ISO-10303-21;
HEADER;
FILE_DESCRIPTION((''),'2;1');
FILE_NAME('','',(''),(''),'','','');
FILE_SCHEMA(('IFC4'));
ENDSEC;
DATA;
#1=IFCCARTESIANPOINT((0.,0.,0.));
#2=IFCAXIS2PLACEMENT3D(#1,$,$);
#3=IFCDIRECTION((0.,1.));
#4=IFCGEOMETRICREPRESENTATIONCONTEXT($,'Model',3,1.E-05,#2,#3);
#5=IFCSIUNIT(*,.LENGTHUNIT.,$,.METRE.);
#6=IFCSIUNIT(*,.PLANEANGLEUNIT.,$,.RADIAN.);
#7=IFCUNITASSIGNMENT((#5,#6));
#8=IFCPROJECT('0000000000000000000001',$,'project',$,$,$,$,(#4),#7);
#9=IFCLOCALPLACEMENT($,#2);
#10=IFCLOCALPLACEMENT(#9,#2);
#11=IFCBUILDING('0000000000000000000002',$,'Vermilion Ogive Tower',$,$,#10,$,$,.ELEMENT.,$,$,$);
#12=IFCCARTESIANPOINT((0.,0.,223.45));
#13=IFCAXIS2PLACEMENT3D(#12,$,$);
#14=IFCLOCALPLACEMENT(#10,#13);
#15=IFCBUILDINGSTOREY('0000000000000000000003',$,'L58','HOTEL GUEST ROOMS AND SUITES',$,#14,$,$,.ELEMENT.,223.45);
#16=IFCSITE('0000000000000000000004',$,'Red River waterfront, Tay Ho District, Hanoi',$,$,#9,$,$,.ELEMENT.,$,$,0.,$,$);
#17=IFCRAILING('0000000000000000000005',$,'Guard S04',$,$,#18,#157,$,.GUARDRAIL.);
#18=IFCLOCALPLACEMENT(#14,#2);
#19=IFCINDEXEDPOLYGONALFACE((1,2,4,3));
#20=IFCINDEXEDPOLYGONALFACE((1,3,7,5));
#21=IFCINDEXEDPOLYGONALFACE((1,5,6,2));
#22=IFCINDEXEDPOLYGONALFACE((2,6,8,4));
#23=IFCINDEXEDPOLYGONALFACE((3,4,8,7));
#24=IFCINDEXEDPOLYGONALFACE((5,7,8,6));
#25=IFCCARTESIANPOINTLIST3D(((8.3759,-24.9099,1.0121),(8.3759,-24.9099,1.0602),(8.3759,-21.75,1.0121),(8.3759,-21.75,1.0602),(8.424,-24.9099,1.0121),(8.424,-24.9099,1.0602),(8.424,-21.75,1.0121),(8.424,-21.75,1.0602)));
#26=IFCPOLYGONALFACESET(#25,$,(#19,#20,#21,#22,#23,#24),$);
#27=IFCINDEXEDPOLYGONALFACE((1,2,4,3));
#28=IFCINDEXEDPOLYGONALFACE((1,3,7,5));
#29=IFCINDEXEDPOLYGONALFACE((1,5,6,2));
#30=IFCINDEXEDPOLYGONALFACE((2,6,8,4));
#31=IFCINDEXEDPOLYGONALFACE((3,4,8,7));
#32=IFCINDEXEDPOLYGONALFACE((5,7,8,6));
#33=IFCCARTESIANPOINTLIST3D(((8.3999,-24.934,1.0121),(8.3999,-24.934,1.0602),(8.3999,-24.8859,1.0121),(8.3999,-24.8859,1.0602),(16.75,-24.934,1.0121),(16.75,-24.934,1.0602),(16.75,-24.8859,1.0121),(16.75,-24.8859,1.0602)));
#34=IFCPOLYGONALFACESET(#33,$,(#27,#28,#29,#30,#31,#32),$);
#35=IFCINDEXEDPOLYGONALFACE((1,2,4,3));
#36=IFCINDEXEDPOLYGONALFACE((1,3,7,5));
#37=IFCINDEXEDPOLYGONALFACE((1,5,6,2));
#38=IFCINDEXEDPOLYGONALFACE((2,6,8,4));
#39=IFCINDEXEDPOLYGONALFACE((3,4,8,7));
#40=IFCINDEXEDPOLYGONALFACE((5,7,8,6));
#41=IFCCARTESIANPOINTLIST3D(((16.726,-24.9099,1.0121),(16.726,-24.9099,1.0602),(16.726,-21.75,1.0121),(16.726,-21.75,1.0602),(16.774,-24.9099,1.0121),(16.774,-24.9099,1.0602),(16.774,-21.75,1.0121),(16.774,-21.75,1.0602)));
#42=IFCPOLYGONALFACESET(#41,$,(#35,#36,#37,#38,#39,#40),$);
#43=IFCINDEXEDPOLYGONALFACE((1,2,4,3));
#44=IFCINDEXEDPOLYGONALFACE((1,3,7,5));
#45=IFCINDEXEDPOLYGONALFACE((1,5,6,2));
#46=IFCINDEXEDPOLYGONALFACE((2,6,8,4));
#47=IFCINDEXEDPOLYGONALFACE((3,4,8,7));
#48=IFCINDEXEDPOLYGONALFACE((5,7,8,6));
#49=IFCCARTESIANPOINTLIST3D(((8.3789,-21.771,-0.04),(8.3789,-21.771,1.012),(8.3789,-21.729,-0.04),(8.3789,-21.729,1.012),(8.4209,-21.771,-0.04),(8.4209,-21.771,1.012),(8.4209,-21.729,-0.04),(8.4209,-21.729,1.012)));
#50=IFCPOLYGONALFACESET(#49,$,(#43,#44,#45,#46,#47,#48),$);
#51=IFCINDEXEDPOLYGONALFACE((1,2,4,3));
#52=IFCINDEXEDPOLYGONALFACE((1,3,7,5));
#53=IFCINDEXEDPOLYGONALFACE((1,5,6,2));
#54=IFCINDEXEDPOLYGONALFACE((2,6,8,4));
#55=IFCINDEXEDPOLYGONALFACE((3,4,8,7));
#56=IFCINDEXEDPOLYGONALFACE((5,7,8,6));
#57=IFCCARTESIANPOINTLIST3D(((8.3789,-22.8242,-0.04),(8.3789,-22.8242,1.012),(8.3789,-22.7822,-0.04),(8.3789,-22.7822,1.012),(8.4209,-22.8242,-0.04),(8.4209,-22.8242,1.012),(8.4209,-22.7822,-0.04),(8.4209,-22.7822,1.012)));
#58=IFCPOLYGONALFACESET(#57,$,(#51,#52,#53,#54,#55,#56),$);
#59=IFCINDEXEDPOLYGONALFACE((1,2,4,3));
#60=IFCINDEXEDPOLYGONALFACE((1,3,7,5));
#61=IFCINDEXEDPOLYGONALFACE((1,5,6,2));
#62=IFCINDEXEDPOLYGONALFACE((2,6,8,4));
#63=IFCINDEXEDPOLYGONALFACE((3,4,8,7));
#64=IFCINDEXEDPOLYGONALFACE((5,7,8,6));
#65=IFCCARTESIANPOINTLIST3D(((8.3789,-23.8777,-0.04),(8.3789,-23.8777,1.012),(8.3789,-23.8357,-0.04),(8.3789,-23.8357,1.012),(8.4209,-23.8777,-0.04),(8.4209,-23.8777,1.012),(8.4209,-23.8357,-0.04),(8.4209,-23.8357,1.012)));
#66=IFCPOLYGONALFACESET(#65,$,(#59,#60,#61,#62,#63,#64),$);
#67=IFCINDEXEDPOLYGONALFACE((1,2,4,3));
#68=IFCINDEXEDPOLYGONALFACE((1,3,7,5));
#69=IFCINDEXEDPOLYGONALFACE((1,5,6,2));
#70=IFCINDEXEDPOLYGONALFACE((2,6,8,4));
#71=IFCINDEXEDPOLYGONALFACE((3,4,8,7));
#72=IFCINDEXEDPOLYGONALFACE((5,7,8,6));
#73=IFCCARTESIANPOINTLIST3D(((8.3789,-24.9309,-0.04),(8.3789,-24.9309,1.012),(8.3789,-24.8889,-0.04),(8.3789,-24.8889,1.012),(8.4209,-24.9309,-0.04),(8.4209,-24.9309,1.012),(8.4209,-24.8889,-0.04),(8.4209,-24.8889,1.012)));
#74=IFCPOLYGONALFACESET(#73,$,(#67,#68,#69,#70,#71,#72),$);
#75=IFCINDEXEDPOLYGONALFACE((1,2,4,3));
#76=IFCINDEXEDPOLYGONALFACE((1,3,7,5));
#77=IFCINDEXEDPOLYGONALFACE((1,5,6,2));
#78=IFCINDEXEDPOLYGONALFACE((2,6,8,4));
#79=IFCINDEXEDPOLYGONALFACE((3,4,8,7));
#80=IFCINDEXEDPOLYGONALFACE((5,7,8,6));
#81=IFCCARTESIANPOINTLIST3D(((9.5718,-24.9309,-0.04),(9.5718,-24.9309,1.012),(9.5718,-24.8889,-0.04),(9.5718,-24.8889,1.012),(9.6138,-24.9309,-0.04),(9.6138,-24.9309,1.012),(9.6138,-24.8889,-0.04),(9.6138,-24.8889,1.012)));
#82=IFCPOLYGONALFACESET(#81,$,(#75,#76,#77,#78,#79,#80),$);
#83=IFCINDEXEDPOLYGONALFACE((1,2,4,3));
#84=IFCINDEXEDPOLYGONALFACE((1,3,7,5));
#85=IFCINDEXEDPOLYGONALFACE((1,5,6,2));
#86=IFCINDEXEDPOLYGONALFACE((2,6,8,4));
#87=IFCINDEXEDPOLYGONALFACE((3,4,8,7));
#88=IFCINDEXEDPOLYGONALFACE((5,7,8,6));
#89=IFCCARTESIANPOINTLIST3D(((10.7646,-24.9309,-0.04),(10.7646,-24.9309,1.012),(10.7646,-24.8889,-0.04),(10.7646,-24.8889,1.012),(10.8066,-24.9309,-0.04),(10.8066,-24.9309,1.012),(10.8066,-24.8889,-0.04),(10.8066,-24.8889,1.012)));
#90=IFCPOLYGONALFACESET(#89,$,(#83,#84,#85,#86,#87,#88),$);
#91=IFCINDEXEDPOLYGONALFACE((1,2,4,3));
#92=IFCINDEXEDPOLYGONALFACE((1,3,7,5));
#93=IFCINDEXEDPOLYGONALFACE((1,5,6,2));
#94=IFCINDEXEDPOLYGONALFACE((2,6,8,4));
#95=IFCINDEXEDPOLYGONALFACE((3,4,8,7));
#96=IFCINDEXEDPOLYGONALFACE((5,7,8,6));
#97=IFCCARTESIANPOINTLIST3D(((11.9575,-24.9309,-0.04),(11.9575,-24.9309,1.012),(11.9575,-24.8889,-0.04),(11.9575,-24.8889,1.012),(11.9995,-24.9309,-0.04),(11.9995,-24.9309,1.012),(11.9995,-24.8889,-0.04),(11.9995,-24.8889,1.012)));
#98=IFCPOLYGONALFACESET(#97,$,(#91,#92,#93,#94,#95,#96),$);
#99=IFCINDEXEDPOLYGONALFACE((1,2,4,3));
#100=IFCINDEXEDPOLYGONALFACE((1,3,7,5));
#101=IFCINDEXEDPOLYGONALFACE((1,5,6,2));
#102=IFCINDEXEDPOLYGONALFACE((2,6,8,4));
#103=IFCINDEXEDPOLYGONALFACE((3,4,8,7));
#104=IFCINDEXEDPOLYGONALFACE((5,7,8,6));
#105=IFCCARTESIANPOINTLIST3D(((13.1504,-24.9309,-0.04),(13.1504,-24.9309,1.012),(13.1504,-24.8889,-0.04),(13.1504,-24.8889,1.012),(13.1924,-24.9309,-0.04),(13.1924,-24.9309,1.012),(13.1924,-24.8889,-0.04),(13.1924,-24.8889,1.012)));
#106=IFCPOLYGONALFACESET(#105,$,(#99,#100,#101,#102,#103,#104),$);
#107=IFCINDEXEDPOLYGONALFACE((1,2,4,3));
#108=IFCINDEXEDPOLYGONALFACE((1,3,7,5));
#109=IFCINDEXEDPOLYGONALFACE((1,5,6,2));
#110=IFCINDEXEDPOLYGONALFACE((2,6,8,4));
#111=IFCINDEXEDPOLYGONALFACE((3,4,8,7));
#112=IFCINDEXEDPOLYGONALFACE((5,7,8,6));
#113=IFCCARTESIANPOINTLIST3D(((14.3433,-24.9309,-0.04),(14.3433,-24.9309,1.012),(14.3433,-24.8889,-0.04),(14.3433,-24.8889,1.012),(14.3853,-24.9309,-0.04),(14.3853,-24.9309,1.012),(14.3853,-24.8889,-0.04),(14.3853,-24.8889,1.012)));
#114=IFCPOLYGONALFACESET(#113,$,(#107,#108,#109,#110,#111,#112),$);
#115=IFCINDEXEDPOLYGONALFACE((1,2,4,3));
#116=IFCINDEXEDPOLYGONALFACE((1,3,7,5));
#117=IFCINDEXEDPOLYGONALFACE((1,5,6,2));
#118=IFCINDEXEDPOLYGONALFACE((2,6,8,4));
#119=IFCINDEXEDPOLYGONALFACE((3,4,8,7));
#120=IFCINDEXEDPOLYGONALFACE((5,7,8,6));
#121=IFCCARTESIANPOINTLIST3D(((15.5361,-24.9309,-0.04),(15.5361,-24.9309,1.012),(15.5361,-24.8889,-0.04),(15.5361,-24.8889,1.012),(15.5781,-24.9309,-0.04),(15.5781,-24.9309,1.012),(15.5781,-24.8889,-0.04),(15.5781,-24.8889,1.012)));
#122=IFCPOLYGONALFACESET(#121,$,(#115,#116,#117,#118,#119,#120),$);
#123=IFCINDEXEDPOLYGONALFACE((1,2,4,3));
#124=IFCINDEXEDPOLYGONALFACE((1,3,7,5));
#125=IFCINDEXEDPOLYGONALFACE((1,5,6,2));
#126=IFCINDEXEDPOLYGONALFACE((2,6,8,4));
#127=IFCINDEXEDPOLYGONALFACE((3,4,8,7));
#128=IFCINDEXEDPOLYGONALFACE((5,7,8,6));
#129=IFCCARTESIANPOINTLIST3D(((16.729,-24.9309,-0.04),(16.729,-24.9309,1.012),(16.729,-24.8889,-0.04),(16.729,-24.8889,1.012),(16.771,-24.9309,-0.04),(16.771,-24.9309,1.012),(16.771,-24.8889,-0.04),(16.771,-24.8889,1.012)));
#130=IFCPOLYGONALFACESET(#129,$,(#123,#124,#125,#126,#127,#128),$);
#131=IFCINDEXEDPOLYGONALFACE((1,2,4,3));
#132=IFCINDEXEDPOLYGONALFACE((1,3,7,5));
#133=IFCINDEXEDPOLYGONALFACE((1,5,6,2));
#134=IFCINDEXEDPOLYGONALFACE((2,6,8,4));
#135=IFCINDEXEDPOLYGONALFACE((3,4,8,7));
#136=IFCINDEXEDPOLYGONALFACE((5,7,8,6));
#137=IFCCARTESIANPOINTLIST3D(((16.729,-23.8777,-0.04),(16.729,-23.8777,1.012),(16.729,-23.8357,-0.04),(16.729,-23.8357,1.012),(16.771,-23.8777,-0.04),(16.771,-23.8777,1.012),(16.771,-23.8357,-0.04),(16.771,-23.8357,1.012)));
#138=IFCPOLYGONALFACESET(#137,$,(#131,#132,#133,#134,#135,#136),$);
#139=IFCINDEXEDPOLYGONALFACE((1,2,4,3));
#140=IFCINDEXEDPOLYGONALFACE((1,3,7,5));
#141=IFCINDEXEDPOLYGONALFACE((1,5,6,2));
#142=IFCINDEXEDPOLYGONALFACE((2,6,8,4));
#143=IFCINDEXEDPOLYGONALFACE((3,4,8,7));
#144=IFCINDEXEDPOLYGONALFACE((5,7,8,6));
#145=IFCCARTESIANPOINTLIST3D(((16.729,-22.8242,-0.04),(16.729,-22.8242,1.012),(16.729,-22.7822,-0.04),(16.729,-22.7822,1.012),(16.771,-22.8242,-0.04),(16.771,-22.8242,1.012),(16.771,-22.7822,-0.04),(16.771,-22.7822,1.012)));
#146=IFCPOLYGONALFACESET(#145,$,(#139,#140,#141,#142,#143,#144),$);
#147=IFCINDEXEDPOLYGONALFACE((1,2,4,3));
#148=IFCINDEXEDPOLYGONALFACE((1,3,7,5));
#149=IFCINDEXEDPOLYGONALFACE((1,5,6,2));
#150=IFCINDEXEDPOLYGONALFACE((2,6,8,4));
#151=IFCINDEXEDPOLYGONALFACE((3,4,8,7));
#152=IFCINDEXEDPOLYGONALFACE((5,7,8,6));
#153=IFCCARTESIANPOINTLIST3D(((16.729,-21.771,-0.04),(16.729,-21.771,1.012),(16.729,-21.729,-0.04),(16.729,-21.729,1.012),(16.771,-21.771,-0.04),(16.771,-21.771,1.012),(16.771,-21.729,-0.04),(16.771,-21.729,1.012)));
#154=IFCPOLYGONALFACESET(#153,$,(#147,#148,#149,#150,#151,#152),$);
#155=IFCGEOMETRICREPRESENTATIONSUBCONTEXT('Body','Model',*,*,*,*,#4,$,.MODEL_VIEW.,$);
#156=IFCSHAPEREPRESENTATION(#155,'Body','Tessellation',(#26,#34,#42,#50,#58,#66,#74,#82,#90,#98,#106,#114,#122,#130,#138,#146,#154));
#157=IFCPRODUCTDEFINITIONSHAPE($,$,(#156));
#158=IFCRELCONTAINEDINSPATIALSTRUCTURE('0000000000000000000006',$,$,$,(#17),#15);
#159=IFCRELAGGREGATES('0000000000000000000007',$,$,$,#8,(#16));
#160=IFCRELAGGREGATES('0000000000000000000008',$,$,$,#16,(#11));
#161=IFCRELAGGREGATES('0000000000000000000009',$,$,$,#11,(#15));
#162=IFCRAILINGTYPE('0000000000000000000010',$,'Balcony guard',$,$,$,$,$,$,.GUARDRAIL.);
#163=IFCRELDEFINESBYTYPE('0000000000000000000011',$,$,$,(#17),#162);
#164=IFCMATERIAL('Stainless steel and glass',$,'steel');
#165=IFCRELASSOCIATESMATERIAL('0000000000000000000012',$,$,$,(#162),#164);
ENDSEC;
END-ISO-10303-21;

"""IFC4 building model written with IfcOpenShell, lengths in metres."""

from ifc_helpers import new_model, si_unit, direction, frame, origin, origin_2d, place, context, subcontext, project, spatial, rectangle, extrude, material, type_object, element, save


model = new_model("IFC4")

# Units and contexts
model_context = context("Model", 3, precision=1e-05, world=origin(), true_north=direction((0.0, 1.0)))
body_context = subcontext(model_context, "Body", "Model", "MODEL_VIEW")
ifc_project = project(units=[si_unit("LENGTHUNIT", "METRE"), si_unit("PLANEANGLEUNIT", "RADIAN")], contexts=[model_context])

# Site, building, storey
site_placement = place(None, origin())
site = spatial("IfcSite", under=ifc_project, at=site_placement, Name="Red River waterfront, Tay Ho District, Hanoi", CompositionType="ELEMENT", RefElevation=0.0)
building_placement = place(site_placement, origin())
building = spatial("IfcBuilding", under=site, at=building_placement, Name="Vermilion Ogive Tower", CompositionType="ELEMENT")
storey_placement = place(building_placement, frame((0.0, 0.0, 223.45)))
storey = spatial("IfcBuildingStorey", under=building, at=storey_placement, Name="L58", Description="HOTEL GUEST ROOMS AND SUITES", CompositionType="ELEMENT", Elevation=223.45)

# Railing
ifc_material_1 = material(Name="Stainless steel and glass", Category="steel")
railing_type_1 = type_object("IfcRailingType", Name="Balcony guard", PredefinedType="GUARDRAIL", material=ifc_material_1)
railing_1_placement = place(storey_placement, frame((8.3999, -21.75, -0.04)))
element("IfcRailing", 1, at=railing_1_placement, inside=storey, type_object=railing_type_1, Name="Guard S04", PredefinedType="GUARDRAIL", context=body_context, shape_type="SweptSolid", body=[
    extrude(rectangle(XDim=0.0481, YDim=0.0481, at=origin_2d()), frame((0.0, 0.0, 1.0762), z_axis=(0.0, -1.0, 0.0), x_axis=(1.0, 0.0, 0.0)), (0.0, 0.0, 1.0), 3.1599),
    extrude(rectangle(XDim=0.0481, YDim=0.0481, at=origin_2d()), frame((0.0, -3.1599, 1.0762), z_axis=(1.0, 0.0, 0.0), x_axis=(0.0, 1.0, 0.0)), (0.0, 0.0, 1.0), 8.3501),
    extrude(rectangle(XDim=0.0481, YDim=0.0481, at=origin_2d()), frame((8.3501, -3.1599, 1.0762), z_axis=(0.0, 1.0, 0.0), x_axis=(-1.0, 0.0, 0.0)), (0.0, 0.0, 1.0), 3.1599),
    extrude(rectangle(XDim=0.042, YDim=0.042, at=origin_2d()), origin(), (0.0, 0.0, 1.0), 1.052),
    extrude(rectangle(XDim=0.042, YDim=0.042, at=origin_2d()), frame((0.0, -1.0532, 0.0)), (0.0, 0.0, 1.0), 1.052),
    extrude(rectangle(XDim=0.042, YDim=0.042, at=origin_2d()), frame((0.0, -2.1067, 0.0)), (0.0, 0.0, 1.0), 1.052),
    extrude(rectangle(XDim=0.042, YDim=0.042, at=origin_2d()), frame((0.0, -3.1599, 0.0)), (0.0, 0.0, 1.0), 1.052),
    extrude(rectangle(XDim=0.042, YDim=0.042, at=origin_2d()), frame((1.1929, -3.1599, 0.0)), (0.0, 0.0, 1.0), 1.052),
    extrude(rectangle(XDim=0.042, YDim=0.042, at=origin_2d()), frame((2.3857, -3.1599, 0.0)), (0.0, 0.0, 1.0), 1.052),
    extrude(rectangle(XDim=0.042, YDim=0.042, at=origin_2d()), frame((3.5786, -3.1599, 0.0)), (0.0, 0.0, 1.0), 1.052),
    extrude(rectangle(XDim=0.042, YDim=0.042, at=origin_2d()), frame((4.7715, -3.1599, 0.0)), (0.0, 0.0, 1.0), 1.052),
    extrude(rectangle(XDim=0.042, YDim=0.042, at=origin_2d()), frame((5.9644, -3.1599, 0.0)), (0.0, 0.0, 1.0), 1.052),
    extrude(rectangle(XDim=0.042, YDim=0.042, at=origin_2d()), frame((7.1572, -3.1599, 0.0)), (0.0, 0.0, 1.0), 1.052),
    extrude(rectangle(XDim=0.042, YDim=0.042, at=origin_2d()), frame((8.3501, -3.1599, 0.0)), (0.0, 0.0, 1.0), 1.052),
    extrude(rectangle(XDim=0.042, YDim=0.042, at=origin_2d()), frame((8.3501, -2.1067, 0.0)), (0.0, 0.0, 1.0), 1.052),
    extrude(rectangle(XDim=0.042, YDim=0.042, at=origin_2d()), frame((8.3501, -1.0532, 0.0)), (0.0, 0.0, 1.0), 1.052),
    extrude(rectangle(XDim=0.042, YDim=0.042, at=origin_2d()), frame((8.3501, 0.0, 0.0)), (0.0, 0.0, 1.0), 1.052),
])

save(model, "model.ifc")
